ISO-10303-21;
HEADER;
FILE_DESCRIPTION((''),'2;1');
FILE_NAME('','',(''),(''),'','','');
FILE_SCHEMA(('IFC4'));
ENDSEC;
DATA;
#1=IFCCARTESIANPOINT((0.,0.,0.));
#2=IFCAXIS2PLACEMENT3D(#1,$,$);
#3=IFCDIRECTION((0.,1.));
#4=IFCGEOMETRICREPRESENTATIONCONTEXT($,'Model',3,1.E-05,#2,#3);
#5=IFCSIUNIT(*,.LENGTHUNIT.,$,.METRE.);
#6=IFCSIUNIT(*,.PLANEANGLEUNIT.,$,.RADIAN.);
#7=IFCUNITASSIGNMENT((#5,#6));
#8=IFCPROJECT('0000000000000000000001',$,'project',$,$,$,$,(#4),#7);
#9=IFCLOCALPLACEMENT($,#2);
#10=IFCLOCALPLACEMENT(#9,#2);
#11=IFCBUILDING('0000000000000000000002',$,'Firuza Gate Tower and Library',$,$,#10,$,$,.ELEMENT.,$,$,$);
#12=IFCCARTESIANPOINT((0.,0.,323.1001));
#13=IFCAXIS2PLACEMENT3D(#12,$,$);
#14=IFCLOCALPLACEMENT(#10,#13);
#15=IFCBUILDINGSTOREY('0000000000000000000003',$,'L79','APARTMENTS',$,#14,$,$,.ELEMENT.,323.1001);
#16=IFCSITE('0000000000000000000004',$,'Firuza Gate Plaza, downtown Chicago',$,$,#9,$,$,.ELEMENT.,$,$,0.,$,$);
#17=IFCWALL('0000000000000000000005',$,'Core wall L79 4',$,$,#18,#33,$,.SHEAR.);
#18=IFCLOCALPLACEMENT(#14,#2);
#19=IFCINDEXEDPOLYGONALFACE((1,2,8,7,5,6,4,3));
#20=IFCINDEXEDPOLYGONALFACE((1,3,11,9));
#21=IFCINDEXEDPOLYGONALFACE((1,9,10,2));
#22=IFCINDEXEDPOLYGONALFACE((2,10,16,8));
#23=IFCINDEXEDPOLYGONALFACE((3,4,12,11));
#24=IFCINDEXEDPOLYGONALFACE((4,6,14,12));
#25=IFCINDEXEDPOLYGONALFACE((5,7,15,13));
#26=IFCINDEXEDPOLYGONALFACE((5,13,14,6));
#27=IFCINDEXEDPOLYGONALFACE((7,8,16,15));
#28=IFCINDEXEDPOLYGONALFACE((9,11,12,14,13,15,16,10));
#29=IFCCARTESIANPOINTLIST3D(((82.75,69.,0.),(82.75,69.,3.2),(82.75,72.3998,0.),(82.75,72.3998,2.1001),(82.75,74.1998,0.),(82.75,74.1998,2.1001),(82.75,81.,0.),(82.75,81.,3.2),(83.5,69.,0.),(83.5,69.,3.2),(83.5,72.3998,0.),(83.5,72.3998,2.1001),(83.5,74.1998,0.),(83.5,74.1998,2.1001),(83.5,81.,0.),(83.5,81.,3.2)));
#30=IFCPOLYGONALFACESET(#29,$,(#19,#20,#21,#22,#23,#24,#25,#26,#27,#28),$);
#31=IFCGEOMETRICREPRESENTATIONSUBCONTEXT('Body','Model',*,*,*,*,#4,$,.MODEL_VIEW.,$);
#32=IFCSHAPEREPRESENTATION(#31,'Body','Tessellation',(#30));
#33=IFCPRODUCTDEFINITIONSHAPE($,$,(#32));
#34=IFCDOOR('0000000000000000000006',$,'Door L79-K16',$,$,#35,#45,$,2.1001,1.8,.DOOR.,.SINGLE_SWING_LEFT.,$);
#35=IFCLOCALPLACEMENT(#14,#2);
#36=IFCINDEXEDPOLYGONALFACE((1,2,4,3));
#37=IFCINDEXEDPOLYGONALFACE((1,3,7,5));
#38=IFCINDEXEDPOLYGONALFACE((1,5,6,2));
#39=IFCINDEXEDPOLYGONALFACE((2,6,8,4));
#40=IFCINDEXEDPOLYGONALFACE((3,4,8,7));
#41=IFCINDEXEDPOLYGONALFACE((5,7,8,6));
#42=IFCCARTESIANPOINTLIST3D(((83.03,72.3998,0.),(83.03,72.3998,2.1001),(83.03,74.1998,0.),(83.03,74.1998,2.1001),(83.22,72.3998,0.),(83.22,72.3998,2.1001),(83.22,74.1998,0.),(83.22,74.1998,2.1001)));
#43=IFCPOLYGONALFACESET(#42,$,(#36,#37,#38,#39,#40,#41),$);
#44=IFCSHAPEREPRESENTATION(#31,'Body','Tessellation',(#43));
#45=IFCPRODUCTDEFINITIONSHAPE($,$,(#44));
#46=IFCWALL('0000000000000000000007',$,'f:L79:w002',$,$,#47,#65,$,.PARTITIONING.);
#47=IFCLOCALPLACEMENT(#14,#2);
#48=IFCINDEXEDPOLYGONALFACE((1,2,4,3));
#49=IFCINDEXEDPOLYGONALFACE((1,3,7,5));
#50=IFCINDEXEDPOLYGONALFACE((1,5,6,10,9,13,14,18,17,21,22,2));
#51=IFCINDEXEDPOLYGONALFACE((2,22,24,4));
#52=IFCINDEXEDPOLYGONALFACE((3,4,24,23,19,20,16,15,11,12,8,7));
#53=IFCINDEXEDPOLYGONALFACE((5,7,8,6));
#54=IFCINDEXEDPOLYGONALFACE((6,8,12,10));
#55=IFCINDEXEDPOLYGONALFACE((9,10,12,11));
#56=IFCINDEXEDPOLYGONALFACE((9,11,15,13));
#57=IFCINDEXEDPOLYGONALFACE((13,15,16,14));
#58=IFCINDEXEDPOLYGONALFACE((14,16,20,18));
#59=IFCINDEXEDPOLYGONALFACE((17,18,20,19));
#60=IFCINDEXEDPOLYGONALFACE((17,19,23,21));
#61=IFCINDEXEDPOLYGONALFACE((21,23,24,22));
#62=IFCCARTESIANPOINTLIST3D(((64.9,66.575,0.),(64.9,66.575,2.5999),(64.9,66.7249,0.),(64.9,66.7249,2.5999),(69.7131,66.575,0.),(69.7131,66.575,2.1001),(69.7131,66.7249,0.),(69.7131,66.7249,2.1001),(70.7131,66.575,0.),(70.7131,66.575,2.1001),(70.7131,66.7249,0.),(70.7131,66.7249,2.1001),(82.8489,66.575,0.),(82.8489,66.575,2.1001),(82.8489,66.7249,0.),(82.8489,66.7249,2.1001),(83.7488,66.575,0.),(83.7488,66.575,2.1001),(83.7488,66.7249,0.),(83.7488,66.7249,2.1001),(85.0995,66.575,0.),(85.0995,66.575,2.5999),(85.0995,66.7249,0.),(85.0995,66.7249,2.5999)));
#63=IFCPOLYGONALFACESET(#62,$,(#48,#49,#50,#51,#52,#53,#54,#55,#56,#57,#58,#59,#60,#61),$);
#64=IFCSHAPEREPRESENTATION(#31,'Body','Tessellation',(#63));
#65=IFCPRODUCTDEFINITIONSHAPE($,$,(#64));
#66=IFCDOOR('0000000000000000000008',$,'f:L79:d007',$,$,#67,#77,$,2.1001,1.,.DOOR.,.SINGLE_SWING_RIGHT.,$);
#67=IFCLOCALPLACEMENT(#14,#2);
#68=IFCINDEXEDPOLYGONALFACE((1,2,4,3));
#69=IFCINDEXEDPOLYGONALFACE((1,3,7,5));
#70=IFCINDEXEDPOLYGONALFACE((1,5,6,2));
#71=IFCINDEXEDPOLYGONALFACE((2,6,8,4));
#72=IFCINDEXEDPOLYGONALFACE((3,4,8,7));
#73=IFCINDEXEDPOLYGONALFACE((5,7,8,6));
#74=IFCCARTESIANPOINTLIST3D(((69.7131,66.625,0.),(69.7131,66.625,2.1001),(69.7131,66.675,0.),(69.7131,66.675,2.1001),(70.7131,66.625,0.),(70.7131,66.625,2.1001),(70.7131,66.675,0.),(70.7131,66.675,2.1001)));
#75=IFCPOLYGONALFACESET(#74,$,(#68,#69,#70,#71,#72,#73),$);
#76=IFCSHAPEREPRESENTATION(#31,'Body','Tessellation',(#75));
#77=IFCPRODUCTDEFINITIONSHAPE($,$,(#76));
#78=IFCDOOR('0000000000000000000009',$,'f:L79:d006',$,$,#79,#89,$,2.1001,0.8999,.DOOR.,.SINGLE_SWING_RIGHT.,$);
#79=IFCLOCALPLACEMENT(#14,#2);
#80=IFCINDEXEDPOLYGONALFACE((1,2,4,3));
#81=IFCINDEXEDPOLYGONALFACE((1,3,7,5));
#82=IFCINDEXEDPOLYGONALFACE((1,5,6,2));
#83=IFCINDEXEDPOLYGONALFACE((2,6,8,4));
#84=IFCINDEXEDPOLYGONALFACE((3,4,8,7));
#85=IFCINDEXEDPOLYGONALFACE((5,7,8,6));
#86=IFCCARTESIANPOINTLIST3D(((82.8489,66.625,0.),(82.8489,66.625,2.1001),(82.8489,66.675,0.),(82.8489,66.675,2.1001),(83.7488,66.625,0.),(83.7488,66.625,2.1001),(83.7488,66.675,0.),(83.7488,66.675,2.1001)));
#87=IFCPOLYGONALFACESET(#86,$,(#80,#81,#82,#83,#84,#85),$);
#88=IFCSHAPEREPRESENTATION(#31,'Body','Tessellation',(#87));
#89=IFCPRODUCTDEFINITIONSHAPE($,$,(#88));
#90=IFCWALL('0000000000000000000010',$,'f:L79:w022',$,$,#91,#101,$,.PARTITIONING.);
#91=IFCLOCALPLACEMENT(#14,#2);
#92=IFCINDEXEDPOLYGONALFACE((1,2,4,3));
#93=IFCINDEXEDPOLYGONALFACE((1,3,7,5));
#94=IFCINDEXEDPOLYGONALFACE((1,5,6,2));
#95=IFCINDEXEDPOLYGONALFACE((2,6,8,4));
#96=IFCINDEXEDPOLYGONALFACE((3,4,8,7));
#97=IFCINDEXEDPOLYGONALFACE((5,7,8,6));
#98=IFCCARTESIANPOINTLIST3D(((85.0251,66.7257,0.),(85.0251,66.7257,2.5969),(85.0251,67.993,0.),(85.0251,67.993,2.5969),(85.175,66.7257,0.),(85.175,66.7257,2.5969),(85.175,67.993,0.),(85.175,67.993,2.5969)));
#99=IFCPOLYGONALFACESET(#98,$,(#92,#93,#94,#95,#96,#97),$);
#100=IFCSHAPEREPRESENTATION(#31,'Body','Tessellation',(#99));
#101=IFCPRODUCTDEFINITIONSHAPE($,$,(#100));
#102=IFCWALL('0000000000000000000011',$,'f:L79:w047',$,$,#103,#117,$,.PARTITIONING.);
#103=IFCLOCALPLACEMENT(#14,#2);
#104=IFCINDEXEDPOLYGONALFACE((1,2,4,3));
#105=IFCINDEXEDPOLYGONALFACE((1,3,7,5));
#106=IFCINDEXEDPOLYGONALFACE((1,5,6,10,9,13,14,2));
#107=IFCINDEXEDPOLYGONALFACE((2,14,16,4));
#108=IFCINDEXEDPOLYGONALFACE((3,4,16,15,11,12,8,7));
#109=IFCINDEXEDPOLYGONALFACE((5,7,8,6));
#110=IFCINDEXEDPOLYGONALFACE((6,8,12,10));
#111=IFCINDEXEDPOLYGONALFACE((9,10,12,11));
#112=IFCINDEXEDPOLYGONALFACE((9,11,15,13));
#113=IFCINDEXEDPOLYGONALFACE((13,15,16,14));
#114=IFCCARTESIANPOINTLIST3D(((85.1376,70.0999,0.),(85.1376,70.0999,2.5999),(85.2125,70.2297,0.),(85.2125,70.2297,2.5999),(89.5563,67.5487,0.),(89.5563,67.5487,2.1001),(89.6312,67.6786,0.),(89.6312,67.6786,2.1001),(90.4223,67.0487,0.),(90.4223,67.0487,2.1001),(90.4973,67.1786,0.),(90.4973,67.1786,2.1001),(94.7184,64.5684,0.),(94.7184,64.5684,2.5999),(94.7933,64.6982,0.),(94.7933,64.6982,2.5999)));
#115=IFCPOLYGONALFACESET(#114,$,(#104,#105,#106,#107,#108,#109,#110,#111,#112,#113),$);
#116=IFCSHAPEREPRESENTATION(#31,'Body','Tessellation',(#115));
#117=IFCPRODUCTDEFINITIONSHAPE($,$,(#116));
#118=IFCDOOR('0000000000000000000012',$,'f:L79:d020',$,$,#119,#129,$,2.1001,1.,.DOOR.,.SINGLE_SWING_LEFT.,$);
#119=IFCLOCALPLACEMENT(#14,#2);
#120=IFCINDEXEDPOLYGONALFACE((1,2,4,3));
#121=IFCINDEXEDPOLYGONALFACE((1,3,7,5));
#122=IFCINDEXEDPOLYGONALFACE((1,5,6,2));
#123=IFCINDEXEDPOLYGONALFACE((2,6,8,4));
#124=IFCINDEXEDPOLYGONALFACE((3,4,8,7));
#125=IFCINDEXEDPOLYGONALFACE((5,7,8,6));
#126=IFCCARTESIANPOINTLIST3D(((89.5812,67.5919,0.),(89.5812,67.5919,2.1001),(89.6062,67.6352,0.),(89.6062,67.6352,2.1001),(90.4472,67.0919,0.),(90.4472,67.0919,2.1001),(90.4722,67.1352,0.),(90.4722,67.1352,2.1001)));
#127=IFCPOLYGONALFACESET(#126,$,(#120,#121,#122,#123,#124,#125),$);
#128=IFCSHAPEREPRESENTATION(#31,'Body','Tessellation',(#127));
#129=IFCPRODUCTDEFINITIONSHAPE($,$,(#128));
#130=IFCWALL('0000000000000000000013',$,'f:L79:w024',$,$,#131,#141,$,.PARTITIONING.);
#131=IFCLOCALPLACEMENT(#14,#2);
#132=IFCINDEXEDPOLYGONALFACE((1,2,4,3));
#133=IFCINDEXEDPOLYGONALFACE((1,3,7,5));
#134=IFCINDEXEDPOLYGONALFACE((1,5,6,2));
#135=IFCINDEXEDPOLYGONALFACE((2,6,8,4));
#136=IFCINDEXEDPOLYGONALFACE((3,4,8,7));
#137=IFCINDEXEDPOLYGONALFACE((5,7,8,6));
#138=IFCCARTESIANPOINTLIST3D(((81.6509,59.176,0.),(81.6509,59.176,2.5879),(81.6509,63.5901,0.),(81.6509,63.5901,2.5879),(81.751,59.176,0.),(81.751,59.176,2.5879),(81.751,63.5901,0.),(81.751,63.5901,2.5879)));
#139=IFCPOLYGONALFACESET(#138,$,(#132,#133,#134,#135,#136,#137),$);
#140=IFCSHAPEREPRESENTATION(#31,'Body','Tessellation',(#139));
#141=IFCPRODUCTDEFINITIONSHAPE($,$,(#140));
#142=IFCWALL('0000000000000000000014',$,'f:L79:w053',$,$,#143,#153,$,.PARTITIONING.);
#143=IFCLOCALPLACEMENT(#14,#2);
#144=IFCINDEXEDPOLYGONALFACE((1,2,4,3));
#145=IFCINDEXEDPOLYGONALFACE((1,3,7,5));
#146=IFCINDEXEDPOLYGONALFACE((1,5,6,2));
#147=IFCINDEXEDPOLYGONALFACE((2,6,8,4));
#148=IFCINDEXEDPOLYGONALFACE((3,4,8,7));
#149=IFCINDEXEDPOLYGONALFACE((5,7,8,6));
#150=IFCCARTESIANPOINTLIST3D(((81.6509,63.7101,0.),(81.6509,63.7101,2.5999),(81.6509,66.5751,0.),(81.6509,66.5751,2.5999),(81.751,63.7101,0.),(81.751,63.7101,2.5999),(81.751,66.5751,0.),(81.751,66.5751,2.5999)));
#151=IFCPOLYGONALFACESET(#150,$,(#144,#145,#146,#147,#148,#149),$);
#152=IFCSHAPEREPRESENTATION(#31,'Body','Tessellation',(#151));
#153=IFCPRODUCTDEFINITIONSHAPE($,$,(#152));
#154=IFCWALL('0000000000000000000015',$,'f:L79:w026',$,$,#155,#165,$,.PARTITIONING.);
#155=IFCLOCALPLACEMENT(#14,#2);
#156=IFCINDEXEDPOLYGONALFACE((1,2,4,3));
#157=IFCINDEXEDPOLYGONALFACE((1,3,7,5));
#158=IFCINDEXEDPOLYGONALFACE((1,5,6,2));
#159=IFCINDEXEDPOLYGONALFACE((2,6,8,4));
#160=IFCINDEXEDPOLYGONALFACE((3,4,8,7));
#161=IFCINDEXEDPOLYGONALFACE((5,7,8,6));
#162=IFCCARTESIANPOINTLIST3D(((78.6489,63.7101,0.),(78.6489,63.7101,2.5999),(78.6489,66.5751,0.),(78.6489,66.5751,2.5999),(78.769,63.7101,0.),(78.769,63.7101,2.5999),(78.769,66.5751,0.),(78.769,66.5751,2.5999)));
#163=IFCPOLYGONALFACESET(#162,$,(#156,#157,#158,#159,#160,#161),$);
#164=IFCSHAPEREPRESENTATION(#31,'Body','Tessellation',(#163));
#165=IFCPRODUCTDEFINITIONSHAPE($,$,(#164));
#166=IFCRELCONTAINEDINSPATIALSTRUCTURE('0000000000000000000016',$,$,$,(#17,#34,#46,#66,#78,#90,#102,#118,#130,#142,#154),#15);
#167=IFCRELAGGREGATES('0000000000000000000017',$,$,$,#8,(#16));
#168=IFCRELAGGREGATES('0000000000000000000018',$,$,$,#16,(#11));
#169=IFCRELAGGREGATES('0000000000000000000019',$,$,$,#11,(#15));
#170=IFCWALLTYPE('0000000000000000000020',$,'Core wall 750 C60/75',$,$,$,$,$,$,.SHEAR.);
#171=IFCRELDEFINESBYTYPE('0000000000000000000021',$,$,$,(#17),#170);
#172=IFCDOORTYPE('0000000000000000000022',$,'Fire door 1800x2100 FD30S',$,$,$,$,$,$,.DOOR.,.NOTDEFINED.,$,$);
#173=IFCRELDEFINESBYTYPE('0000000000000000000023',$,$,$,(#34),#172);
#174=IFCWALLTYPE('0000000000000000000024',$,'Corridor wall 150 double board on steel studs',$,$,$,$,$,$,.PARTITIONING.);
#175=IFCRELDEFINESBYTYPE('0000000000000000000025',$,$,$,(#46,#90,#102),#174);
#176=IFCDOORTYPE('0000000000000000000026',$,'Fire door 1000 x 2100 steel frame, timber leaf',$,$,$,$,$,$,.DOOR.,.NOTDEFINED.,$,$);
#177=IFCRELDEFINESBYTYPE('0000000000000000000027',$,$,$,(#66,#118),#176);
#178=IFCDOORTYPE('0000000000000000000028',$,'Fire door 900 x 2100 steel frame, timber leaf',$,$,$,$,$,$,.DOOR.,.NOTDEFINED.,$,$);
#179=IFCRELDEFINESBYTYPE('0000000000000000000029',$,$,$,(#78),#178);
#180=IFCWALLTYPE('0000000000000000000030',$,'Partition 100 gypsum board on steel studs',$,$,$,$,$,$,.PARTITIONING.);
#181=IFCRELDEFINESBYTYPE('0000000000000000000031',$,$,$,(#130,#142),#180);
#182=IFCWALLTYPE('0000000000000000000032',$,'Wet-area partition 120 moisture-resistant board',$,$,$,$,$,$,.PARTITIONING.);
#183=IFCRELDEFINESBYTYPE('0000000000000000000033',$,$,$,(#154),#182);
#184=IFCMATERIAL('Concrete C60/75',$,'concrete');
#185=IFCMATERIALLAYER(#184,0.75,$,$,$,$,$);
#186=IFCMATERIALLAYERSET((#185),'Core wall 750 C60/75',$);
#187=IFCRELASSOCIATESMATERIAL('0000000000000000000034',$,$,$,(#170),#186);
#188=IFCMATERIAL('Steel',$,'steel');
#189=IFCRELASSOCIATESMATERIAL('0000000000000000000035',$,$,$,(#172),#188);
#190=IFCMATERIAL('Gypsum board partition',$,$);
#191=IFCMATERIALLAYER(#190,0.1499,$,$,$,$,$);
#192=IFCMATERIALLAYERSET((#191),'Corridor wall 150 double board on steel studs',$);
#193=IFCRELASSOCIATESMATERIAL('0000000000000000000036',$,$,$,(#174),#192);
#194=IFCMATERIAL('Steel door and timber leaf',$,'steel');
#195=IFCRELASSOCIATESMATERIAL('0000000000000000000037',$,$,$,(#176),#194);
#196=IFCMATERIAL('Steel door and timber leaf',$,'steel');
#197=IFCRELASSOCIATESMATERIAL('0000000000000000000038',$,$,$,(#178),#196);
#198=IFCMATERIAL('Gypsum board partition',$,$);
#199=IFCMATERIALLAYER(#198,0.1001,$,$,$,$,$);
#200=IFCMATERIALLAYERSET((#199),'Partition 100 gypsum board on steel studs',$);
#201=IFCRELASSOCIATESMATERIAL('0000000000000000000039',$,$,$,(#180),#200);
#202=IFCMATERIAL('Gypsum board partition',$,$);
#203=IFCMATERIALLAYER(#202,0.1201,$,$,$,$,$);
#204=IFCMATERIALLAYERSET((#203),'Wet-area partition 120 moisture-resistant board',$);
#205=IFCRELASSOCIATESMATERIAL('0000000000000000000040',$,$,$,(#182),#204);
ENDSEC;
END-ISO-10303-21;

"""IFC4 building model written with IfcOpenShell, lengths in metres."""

from ifc_helpers import new_model, si_unit, direction, frame, frame_2d, origin, place, context, subcontext, project, spatial, rectangle, extrude, material, layer, layer_set, type_object, element, fill, save


model = new_model("IFC4")

# Units and contexts
model_context = context("Model", 3, precision=1e-05, world=origin(), true_north=direction((0.0, 1.0)))
body_context = subcontext(model_context, "Body", "Model", "MODEL_VIEW")
ifc_project = project(units=[si_unit("LENGTHUNIT", "METRE"), si_unit("PLANEANGLEUNIT", "RADIAN")], contexts=[model_context])

# Site, building, storey
site_placement = place(None, origin())
site = spatial("IfcSite", under=ifc_project, at=site_placement, Name="Firuza Gate Plaza, downtown Chicago", CompositionType="ELEMENT", RefElevation=0.0)
building_placement = place(site_placement, origin())
building = spatial("IfcBuilding", under=site, at=building_placement, Name="Firuza Gate Tower and Library", CompositionType="ELEMENT")
storey_placement = place(building_placement, frame((0.0, 0.0, 323.1001)))
storey = spatial("IfcBuildingStorey", under=building, at=storey_placement, Name="L79", Description="APARTMENTS", CompositionType="ELEMENT", Elevation=323.1001)

# Wall, opening, door
ifc_material_1 = material(Name="Concrete C60/75", Category="concrete")
ifc_layer_1 = layer(ifc_material_1, 0.75)
ifc_layer_set_1 = layer_set([ifc_layer_1], Name="Core wall 750 C60/75")
wall_type_1 = type_object("IfcWallType", Name="Core wall 750 C60/75", PredefinedType="SHEAR", material=ifc_layer_set_1)
wall_1_placement = place(storey_placement, frame((83.125, 69.0, 0.0), z_axis=(0.0, 0.0, 1.0), x_axis=(0.0, 1.0, 0.0)))
wall_1 = element("IfcWall", 1, at=wall_1_placement, inside=storey, type_object=wall_type_1, Name="Core wall L79 4", PredefinedType="SHEAR", context=body_context, shape_type="SweptSolid", body=[
    extrude(rectangle(XDim=12.0, YDim=0.75, at=frame_2d((6.0, 0.0))), origin(), (0.0, 0.0, 1.0), 3.2),
])
opening_1_placement = place(wall_1_placement, frame((3.3999, 0.0, 0.0)))
opening_1 = element("IfcOpeningElement", 2, at=opening_1_placement, cuts=wall_1, PredefinedType="OPENING", context=body_context, shape_type="SweptSolid", body=[
    extrude(rectangle(XDim=1.8, YDim=2.1001, at=frame_2d((0.8999, 1.05))), frame((0.0, 0.385, 0.0), z_axis=(0.0, -1.0, 0.0), x_axis=(1.0, 0.0, 0.0)), (0.0, 0.0, 1.0), 0.77),
])
ifc_material_2 = material(Name="Steel", Category="steel")
door_type_1 = type_object("IfcDoorType", Name="Fire door 1800x2100 FD30S", OperationType="NOTDEFINED", PredefinedType="DOOR", material=ifc_material_2)
door_1_placement = place(opening_1_placement, origin())
door_1 = element("IfcDoor", 3, at=door_1_placement, inside=storey, type_object=door_type_1, Name="Door L79-K16", OperationType="SINGLE_SWING_LEFT", OverallHeight=2.1001, OverallWidth=1.8, PredefinedType="DOOR", context=body_context, shape_type="SweptSolid", body=[
    extrude(rectangle(XDim=1.8, YDim=2.1001, at=frame_2d((0.8999, 1.05))), frame((0.0, 0.095, 0.0), z_axis=(0.0, -1.0, 0.0), x_axis=(1.0, 0.0, 0.0)), (0.0, 0.0, 1.0), 0.1899),
])
fill(opening_1, door_1)

# Wall, openings, doors
ifc_material_3 = material(Name="Gypsum board partition")
ifc_layer_2 = layer(ifc_material_3, 0.1499)
ifc_layer_set_2 = layer_set([ifc_layer_2], Name="Corridor wall 150 double board on steel studs")
wall_type_2 = type_object("IfcWallType", Name="Corridor wall 150 double board on steel studs", PredefinedType="PARTITIONING", material=ifc_layer_set_2)
wall_2_placement = place(storey_placement, frame((85.0994, 66.6499, 0.0), z_axis=(0.0, 0.0, 1.0), x_axis=(-1.0, 0.0, 0.0)))
wall_2 = element("IfcWall", 4, at=wall_2_placement, inside=storey, type_object=wall_type_2, Name="f:L79:w002", PredefinedType="PARTITIONING", context=body_context, shape_type="SweptSolid", body=[
    extrude(rectangle(XDim=20.1995, YDim=0.1499, at=frame_2d((10.0996, 0.0))), origin(), (0.0, 0.0, 1.0), 2.5999),
])
opening_2_placement = place(wall_2_placement, frame((1.3506, 0.0, 0.0)))
opening_2 = element("IfcOpeningElement", 5, at=opening_2_placement, cuts=wall_2, PredefinedType="OPENING", context=body_context, shape_type="SweptSolid", body=[
    extrude(rectangle(XDim=0.8999, YDim=2.1001, at=frame_2d((0.45, 1.05))), frame((0.0, 0.085, 0.0), z_axis=(0.0, -1.0, 0.0), x_axis=(1.0, 0.0, 0.0)), (0.0, 0.0, 1.0), 0.1699),
])
opening_3_placement = place(wall_2_placement, frame((14.3862, 0.0, 0.0)))
opening_3 = element("IfcOpeningElement", 6, at=opening_3_placement, cuts=wall_2, PredefinedType="OPENING", context=body_context, shape_type="SweptSolid", body=[
    extrude(rectangle(XDim=1.0, YDim=2.1001, at=frame_2d((0.5, 1.05))), frame((0.0, 0.085, 0.0), z_axis=(0.0, -1.0, 0.0), x_axis=(1.0, 0.0, 0.0)), (0.0, 0.0, 1.0), 0.1699),
])
ifc_material_4 = material(Name="Steel door and timber leaf", Category="steel")
door_type_2 = type_object("IfcDoorType", Name="Fire door 1000 x 2100 steel frame, timber leaf", OperationType="NOTDEFINED", PredefinedType="DOOR", material=ifc_material_4)
door_2_placement = place(opening_3_placement, origin())
door_2 = element("IfcDoor", 7, at=door_2_placement, inside=storey, type_object=door_type_2, Name="f:L79:d007", OperationType="SINGLE_SWING_RIGHT", OverallHeight=2.1001, OverallWidth=1.0, PredefinedType="DOOR", context=body_context, shape_type="SweptSolid", body=[
    extrude(rectangle(XDim=1.0, YDim=2.1001, at=frame_2d((0.5, 1.05))), frame((0.0, 0.0249, 0.0), z_axis=(0.0, -1.0, 0.0), x_axis=(1.0, 0.0, 0.0)), (0.0, 0.0, 1.0), 0.05),
])
fill(opening_3, door_2)
ifc_material_5 = material(Name="Steel door and timber leaf", Category="steel")
door_type_3 = type_object("IfcDoorType", Name="Fire door 900 x 2100 steel frame, timber leaf", OperationType="NOTDEFINED", PredefinedType="DOOR", material=ifc_material_5)
door_3_placement = place(opening_2_placement, origin())
door_3 = element("IfcDoor", 8, at=door_3_placement, inside=storey, type_object=door_type_3, Name="f:L79:d006", OperationType="SINGLE_SWING_RIGHT", OverallHeight=2.1001, OverallWidth=0.8999, PredefinedType="DOOR", context=body_context, shape_type="SweptSolid", body=[
    extrude(rectangle(XDim=0.8999, YDim=2.1001, at=frame_2d((0.45, 1.05))), frame((0.0, 0.0249, 0.0), z_axis=(0.0, -1.0, 0.0), x_axis=(1.0, 0.0, 0.0)), (0.0, 0.0, 1.0), 0.05),
])
fill(opening_2, door_3)

# Wall
wall_3_placement = place(storey_placement, frame((85.1001, 66.7256, 0.0), z_axis=(0.0, 0.0, 1.0), x_axis=(0.0, 1.0, 0.0)))
element("IfcWall", 9, at=wall_3_placement, inside=storey, type_object=wall_type_2, Name="f:L79:w022", PredefinedType="PARTITIONING", context=body_context, shape_type="SweptSolid", body=[
    extrude(rectangle(XDim=1.2673, YDim=0.1499, at=frame_2d((0.6338, 0.0))), origin(), (0.0, 0.0, 1.0), 2.5969),
])

# Wall, opening, door
wall_4_placement = place(storey_placement, frame((85.175, 70.1648, 0.0), z_axis=(0.0, 0.0, 1.0), x_axis=(0.866025, -0.500001, 0.0)))
wall_4 = element("IfcWall", 10, at=wall_4_placement, inside=storey, type_object=wall_type_2, Name="f:L79:w047", PredefinedType="PARTITIONING", context=body_context, shape_type="SweptSolid", body=[
    extrude(rectangle(XDim=11.063, YDim=0.1499, at=frame_2d((5.5315, 0.0))), origin(), (0.0, 0.0, 1.0), 2.5999),
])
opening_4_placement = place(wall_4_placement, frame((5.1023, 0.0, 0.0)))
opening_4 = element("IfcOpeningElement", 11, at=opening_4_placement, cuts=wall_4, PredefinedType="OPENING", context=body_context, shape_type="SweptSolid", body=[
    extrude(rectangle(XDim=1.0, YDim=2.1001, at=frame_2d((0.5, 1.05))), frame((0.0, 0.085, 0.0), z_axis=(0.0, -1.0, 0.0), x_axis=(1.0, 0.0, 0.0)), (0.0, 0.0, 1.0), 0.1699),
])
door_4_placement = place(opening_4_placement, origin())
door_4 = element("IfcDoor", 12, at=door_4_placement, inside=storey, type_object=door_type_2, Name="f:L79:d020", OperationType="SINGLE_SWING_LEFT", OverallHeight=2.1001, OverallWidth=1.0, PredefinedType="DOOR", context=body_context, shape_type="SweptSolid", body=[
    extrude(rectangle(XDim=1.0, YDim=2.1001, at=frame_2d((0.5, 1.05))), frame((0.0, 0.0249, 0.0), z_axis=(0.0, -1.0, 0.0), x_axis=(1.0, 0.0, 0.0)), (0.0, 0.0, 1.0), 0.05),
])
fill(opening_4, door_4)

# Walls
ifc_material_6 = material(Name="Gypsum board partition")
ifc_layer_3 = layer(ifc_material_6, 0.1001)
ifc_layer_set_3 = layer_set([ifc_layer_3], Name="Partition 100 gypsum board on steel studs")
wall_type_3 = type_object("IfcWallType", Name="Partition 100 gypsum board on steel studs", PredefinedType="PARTITIONING", material=ifc_layer_set_3)
wall_5_placement = place(storey_placement, frame((81.7009, 59.176, 0.0), z_axis=(0.0, 0.0, 1.0), x_axis=(0.0, 1.0, 0.0)))
element("IfcWall", 13, at=wall_5_placement, inside=storey, type_object=wall_type_3, Name="f:L79:w024", PredefinedType="PARTITIONING", context=body_context, shape_type="SweptSolid", body=[
    extrude(rectangle(XDim=4.4141, YDim=0.1001, at=frame_2d((2.207, 0.0))), origin(), (0.0, 0.0, 1.0), 2.5879),
])
wall_6_placement = place(storey_placement, frame((81.7009, 63.71, 0.0), z_axis=(0.0, 0.0, 1.0), x_axis=(0.0, 1.0, 0.0)))
element("IfcWall", 14, at=wall_6_placement, inside=storey, type_object=wall_type_3, Name="f:L79:w053", PredefinedType="PARTITIONING", context=body_context, shape_type="SweptSolid", body=[
    extrude(rectangle(XDim=2.865, YDim=0.1001, at=frame_2d((1.4326, 0.0))), origin(), (0.0, 0.0, 1.0), 2.5999),
])
ifc_material_7 = material(Name="Gypsum board partition")
ifc_layer_4 = layer(ifc_material_7, 0.1201)
ifc_layer_set_4 = layer_set([ifc_layer_4], Name="Wet-area partition 120 moisture-resistant board")
wall_type_4 = type_object("IfcWallType", Name="Wet-area partition 120 moisture-resistant board", PredefinedType="PARTITIONING", material=ifc_layer_set_4)
wall_7_placement = place(storey_placement, frame((78.709, 63.71, 0.0), z_axis=(0.0, 0.0, 1.0), x_axis=(0.0, 1.0, 0.0)))
element("IfcWall", 15, at=wall_7_placement, inside=storey, type_object=wall_type_4, Name="f:L79:w026", PredefinedType="PARTITIONING", context=body_context, shape_type="SweptSolid", body=[
    extrude(rectangle(XDim=2.865, YDim=0.1201, at=frame_2d((1.4326, 0.0))), origin(), (0.0, 0.0, 1.0), 2.5999),
])

save(model, "model.ifc")
